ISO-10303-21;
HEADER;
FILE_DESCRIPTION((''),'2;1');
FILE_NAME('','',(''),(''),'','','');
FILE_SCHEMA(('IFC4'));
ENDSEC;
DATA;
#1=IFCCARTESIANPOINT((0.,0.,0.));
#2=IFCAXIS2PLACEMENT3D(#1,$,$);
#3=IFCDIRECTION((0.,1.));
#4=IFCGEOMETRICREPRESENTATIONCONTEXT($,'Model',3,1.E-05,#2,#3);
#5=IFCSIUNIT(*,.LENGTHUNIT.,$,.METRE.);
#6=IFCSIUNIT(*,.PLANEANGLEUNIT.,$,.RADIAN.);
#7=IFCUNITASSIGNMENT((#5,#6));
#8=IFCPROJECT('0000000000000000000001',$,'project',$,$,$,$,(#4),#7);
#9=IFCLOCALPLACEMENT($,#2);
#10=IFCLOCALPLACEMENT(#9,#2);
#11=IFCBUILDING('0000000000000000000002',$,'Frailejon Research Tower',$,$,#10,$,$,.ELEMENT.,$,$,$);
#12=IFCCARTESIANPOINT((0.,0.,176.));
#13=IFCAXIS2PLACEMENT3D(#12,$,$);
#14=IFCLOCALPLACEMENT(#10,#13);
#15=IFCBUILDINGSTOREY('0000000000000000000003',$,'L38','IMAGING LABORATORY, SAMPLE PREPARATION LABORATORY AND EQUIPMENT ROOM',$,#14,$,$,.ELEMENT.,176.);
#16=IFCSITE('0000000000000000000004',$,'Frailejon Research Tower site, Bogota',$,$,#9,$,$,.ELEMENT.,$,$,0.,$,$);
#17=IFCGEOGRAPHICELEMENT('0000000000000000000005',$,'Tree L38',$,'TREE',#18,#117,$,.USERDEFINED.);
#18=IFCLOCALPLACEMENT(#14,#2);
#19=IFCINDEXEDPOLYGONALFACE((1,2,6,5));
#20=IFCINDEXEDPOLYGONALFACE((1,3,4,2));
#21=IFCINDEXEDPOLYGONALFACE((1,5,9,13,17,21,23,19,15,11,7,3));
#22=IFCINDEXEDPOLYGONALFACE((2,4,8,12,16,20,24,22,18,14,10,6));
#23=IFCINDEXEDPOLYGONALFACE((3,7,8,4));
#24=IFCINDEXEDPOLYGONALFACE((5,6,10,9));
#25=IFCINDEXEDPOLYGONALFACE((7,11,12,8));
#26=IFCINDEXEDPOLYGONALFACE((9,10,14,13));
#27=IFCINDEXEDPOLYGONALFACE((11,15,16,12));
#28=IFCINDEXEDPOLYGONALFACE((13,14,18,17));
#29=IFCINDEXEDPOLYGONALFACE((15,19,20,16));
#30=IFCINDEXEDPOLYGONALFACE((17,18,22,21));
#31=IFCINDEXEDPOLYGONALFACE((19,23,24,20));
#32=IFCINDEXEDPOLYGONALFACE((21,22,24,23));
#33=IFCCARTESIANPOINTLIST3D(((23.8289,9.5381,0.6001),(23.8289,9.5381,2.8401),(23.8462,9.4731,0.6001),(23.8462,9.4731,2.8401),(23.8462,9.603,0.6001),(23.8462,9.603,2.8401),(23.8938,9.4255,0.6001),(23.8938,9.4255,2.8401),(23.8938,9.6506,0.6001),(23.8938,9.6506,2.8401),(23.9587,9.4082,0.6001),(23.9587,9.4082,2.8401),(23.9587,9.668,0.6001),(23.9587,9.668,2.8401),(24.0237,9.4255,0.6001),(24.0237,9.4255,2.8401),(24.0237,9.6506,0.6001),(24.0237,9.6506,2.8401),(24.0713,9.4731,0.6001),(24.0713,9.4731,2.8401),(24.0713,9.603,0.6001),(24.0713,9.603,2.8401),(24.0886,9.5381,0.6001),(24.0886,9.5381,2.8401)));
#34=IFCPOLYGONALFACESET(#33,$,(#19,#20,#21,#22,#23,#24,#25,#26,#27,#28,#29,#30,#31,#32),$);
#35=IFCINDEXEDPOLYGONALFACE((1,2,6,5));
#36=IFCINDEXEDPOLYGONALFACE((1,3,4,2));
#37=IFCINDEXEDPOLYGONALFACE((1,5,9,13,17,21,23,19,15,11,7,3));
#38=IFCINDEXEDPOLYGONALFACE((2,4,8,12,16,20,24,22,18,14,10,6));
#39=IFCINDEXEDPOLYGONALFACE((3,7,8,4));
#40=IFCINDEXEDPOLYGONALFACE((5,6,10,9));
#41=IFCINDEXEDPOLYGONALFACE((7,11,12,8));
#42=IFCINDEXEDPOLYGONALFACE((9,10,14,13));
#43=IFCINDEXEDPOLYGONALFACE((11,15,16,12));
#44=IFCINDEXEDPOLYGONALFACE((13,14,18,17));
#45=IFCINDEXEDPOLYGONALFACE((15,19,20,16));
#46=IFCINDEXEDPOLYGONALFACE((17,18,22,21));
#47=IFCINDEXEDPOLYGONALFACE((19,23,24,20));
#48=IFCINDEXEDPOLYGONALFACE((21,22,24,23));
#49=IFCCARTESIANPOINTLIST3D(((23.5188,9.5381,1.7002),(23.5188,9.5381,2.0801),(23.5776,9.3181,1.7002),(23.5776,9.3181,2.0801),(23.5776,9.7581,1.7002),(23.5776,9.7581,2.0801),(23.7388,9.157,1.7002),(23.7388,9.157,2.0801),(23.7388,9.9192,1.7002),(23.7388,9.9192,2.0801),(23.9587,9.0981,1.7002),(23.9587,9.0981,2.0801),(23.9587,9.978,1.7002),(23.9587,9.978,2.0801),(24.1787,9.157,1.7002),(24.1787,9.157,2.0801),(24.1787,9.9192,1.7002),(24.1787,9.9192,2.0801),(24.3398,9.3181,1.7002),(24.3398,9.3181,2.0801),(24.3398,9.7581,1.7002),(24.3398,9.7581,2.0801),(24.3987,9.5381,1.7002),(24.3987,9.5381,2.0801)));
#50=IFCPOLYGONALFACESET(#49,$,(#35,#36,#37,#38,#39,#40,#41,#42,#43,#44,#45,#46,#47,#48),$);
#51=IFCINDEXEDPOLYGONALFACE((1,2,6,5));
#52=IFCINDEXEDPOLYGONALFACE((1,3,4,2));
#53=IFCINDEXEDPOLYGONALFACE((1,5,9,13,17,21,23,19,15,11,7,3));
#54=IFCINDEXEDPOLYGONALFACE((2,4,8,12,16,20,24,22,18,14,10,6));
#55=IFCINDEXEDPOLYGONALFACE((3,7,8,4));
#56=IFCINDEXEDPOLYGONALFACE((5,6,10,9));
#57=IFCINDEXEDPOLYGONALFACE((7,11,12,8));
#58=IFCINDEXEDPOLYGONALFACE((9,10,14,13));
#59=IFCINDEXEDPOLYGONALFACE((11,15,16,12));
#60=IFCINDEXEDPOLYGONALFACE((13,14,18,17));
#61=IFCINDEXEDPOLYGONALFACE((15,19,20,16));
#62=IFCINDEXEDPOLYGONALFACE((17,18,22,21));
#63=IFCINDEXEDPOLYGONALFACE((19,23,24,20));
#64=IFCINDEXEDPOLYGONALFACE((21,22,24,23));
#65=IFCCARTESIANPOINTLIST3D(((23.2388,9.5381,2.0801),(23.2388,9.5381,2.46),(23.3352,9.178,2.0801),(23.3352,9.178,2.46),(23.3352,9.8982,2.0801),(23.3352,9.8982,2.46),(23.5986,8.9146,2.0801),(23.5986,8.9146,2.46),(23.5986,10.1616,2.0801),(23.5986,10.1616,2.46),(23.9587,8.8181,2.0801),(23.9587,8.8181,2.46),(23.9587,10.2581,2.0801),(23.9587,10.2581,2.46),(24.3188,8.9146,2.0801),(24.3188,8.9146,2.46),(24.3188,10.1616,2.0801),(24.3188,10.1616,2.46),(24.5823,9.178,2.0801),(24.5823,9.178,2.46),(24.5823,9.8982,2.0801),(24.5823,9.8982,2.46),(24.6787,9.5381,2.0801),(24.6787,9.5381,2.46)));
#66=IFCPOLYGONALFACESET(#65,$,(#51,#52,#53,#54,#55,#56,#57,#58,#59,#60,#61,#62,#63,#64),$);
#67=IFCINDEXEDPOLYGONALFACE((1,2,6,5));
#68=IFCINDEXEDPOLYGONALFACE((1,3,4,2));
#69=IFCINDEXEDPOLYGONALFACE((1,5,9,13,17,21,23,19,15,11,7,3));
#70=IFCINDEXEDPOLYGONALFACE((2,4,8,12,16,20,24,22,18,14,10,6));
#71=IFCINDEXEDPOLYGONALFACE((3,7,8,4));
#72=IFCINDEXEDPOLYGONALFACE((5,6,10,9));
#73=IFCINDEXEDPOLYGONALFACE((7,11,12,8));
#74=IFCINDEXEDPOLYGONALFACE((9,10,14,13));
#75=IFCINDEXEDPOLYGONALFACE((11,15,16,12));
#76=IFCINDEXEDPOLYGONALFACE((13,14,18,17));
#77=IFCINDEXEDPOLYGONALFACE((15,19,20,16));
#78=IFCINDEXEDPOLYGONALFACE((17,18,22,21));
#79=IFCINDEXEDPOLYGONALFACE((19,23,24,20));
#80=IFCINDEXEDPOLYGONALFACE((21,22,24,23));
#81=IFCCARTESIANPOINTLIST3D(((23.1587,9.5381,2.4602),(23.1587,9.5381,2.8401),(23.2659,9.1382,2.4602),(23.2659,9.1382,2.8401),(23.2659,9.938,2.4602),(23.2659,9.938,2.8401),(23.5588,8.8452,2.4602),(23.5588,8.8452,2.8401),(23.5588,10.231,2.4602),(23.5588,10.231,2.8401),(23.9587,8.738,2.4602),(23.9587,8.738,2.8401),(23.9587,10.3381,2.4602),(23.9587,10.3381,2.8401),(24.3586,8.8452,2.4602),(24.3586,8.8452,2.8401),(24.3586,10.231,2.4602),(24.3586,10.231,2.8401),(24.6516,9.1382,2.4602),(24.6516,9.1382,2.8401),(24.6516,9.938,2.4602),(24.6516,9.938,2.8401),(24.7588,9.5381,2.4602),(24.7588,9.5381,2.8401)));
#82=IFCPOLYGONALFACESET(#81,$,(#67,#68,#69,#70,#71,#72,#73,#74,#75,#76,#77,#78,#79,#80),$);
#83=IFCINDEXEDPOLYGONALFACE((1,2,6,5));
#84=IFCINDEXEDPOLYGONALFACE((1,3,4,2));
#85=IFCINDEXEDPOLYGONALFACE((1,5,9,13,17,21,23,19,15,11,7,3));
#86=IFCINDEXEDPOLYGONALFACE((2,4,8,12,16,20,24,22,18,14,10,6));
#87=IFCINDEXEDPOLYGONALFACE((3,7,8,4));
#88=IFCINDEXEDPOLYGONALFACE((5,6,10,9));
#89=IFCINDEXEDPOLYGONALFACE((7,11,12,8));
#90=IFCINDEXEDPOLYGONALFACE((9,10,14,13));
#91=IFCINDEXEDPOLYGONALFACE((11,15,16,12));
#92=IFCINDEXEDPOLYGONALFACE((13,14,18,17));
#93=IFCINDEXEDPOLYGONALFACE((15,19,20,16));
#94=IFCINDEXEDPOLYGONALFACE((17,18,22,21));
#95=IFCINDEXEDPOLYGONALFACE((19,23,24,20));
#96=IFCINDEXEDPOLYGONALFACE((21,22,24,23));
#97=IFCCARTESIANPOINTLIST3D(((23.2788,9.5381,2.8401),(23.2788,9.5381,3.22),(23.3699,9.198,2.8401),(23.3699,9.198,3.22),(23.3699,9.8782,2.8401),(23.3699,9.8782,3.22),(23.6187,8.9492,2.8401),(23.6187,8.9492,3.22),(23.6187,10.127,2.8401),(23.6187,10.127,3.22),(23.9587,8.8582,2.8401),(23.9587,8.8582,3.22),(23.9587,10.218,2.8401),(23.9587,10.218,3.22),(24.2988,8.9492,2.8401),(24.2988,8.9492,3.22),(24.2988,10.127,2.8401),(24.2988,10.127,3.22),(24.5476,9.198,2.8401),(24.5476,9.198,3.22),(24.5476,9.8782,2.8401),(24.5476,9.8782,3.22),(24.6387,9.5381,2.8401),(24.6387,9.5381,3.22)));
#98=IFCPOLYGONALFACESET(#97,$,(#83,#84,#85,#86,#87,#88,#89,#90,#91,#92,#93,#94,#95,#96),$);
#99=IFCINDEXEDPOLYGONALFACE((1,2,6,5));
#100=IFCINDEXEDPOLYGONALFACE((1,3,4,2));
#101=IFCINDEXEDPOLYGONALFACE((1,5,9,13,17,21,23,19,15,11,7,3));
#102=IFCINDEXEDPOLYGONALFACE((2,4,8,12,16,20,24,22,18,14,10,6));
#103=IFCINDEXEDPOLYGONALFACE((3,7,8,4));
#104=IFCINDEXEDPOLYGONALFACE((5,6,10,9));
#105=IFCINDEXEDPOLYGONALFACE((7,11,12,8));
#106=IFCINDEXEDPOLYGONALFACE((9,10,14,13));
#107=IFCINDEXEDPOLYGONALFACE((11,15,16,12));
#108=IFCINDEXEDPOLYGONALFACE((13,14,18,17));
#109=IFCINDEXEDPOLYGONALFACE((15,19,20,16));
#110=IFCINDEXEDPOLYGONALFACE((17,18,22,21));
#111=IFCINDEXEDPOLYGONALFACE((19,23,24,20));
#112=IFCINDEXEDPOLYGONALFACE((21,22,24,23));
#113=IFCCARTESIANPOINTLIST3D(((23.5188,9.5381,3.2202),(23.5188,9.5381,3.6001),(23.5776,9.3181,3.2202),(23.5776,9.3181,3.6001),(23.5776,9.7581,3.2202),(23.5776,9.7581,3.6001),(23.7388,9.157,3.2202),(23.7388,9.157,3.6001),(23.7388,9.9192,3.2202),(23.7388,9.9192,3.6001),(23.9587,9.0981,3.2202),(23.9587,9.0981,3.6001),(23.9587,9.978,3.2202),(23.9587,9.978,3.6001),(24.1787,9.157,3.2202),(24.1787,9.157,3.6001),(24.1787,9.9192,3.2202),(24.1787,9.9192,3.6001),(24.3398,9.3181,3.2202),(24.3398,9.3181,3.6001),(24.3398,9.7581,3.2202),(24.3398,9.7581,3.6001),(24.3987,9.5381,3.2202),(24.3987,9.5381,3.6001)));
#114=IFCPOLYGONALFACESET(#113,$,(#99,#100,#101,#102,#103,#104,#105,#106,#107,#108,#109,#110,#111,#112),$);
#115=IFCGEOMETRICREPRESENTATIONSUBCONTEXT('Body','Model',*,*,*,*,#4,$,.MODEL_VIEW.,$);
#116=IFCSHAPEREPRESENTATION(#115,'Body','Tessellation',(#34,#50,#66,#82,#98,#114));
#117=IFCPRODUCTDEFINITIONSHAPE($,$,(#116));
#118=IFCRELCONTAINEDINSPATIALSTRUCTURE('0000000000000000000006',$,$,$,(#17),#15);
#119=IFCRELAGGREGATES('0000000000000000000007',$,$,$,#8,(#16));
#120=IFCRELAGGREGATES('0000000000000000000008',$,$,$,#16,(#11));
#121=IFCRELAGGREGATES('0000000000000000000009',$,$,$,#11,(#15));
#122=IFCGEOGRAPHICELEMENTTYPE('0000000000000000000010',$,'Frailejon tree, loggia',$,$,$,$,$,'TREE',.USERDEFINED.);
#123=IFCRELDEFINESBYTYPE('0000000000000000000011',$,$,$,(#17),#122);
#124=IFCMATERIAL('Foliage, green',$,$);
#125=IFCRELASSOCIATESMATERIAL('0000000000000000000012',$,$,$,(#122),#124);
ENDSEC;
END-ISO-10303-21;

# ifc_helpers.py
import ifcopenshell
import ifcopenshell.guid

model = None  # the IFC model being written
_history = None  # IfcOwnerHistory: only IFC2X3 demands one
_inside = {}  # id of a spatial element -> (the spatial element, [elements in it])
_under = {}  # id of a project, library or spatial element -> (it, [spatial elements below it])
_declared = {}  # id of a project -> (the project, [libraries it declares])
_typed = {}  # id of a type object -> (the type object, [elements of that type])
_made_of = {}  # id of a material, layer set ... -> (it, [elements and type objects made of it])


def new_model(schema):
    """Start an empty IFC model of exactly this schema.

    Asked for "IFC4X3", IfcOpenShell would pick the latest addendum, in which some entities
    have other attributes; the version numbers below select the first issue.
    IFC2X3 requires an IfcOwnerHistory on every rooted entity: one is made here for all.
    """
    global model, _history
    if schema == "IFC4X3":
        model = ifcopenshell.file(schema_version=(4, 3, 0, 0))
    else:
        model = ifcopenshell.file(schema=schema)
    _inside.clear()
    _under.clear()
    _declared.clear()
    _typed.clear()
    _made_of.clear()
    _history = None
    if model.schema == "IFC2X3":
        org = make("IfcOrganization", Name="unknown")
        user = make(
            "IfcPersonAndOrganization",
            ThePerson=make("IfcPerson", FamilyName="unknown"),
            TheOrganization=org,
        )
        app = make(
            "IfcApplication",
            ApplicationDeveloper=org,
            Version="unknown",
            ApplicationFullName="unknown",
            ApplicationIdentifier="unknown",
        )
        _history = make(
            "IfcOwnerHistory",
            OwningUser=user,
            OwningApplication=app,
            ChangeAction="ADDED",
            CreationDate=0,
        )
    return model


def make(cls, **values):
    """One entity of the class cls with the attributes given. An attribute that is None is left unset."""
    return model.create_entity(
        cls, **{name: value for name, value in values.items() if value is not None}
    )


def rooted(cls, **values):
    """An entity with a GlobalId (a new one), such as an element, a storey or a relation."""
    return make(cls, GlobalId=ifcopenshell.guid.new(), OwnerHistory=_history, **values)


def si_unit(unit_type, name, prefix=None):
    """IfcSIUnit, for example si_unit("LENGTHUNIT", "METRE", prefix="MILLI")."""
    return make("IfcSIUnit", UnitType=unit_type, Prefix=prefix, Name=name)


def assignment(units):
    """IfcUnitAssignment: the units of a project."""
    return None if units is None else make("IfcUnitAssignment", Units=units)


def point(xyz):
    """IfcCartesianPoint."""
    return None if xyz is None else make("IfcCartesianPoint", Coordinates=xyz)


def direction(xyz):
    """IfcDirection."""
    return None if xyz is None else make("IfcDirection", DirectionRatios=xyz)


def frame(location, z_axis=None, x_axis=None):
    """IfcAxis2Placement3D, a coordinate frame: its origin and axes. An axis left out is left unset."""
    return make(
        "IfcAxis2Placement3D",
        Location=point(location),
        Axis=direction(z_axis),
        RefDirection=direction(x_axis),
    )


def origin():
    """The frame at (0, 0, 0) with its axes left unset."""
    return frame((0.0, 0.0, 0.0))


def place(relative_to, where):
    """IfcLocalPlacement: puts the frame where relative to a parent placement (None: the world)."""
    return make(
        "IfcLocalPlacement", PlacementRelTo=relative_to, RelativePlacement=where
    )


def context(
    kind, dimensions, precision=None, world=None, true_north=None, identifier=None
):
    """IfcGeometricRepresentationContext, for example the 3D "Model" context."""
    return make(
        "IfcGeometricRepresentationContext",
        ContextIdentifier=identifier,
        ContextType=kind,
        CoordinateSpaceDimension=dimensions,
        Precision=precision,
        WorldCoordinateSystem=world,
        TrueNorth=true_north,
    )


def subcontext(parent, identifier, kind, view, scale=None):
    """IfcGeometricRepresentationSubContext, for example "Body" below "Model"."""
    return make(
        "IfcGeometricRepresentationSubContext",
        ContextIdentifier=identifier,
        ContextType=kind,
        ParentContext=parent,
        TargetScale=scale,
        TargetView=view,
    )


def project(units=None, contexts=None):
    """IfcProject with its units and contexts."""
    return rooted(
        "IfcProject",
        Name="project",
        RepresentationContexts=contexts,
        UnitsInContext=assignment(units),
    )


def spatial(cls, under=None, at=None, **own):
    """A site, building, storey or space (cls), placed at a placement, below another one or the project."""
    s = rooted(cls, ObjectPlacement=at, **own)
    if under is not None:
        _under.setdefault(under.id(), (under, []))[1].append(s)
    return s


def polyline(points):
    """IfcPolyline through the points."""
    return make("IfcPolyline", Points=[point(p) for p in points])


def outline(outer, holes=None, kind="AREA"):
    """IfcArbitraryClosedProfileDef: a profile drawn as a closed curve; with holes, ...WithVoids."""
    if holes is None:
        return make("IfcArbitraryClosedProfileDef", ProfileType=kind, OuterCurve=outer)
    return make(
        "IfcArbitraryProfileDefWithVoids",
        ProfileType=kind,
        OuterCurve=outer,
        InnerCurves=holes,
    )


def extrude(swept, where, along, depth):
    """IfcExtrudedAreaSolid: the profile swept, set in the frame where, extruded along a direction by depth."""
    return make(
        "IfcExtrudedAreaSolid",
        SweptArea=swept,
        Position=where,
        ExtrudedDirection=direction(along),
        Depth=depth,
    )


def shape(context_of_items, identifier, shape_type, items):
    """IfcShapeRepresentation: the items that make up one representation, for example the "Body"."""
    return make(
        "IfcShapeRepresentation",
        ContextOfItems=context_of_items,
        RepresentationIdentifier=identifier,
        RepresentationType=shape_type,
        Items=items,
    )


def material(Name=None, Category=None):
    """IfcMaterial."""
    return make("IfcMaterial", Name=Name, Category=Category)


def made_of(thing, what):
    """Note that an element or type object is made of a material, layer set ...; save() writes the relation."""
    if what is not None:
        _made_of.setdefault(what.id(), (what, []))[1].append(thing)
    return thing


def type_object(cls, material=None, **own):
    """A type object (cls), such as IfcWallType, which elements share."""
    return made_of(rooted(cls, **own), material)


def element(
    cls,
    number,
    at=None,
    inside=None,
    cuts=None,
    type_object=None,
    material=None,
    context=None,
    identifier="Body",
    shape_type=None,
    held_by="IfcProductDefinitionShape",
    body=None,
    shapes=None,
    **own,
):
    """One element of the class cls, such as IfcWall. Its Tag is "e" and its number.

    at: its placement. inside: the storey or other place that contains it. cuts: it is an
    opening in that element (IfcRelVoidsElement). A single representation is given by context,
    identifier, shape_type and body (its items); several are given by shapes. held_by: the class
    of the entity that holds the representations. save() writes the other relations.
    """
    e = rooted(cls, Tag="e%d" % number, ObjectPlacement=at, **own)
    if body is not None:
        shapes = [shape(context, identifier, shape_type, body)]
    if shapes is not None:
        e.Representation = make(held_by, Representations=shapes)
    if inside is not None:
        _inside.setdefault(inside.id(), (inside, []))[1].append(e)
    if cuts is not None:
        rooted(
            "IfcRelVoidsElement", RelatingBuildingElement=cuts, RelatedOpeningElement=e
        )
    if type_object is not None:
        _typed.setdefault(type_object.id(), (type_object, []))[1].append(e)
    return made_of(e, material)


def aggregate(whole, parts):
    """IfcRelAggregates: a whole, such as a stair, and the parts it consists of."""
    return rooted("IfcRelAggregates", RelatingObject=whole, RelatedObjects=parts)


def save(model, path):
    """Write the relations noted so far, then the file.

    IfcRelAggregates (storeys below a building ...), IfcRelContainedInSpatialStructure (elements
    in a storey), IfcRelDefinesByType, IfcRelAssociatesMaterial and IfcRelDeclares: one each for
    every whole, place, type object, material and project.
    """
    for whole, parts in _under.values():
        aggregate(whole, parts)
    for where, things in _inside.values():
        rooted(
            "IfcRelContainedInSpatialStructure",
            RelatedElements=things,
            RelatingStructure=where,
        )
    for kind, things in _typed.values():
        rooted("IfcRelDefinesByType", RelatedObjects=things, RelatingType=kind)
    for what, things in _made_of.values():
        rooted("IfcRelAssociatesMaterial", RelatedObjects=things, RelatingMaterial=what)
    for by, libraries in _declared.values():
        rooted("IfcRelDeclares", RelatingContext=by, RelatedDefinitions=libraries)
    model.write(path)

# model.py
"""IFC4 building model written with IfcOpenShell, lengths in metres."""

from ifc_helpers import new_model, si_unit, direction, frame, origin, place, context, subcontext, project, spatial, polyline, outline, extrude, material, type_object, element, save


model = new_model("IFC4")

# Units and contexts
model_context = context("Model", 3, precision=1e-05, world=origin(), true_north=direction((0.0, 1.0)))
body_context = subcontext(model_context, "Body", "Model", "MODEL_VIEW")
ifc_project = project(units=[si_unit("LENGTHUNIT", "METRE"), si_unit("PLANEANGLEUNIT", "RADIAN")], contexts=[model_context])

# Site, building, storey
site_placement = place(None, origin())
site = spatial("IfcSite", under=ifc_project, at=site_placement, Name="Frailejon Research Tower site, Bogota", CompositionType="ELEMENT", RefElevation=0.0)
building_placement = place(site_placement, origin())
building = spatial("IfcBuilding", under=site, at=building_placement, Name="Frailejon Research Tower", CompositionType="ELEMENT")
storey_placement = place(building_placement, frame((0.0, 0.0, 176.0)))
storey = spatial("IfcBuildingStorey", under=building, at=storey_placement, Name="L38", Description="IMAGING LABORATORY, SAMPLE PREPARATION LABORATORY AND EQUIPMENT ROOM", CompositionType="ELEMENT", Elevation=176.0)

# Geographic element
ifc_material_1 = material(Name="Foliage, green")
geographic_element_type = type_object("IfcGeographicElementType", Name="Frailejon tree, loggia", ElementType="TREE", PredefinedType="USERDEFINED", material=ifc_material_1)
geographic_element_placement = place(storey_placement, frame((23.9587, 9.5381, 0.6001)))
element("IfcGeographicElement", 1, at=geographic_element_placement, inside=storey, type_object=geographic_element_type, Name="Tree L38", ObjectType="TREE", PredefinedType="USERDEFINED", context=body_context, shape_type="SweptSolid", body=[
    extrude(outline(polyline([(0.1299, 0.0), (0.1125, 0.0649), (0.0649, 0.1125), (0.0, 0.1299), (-0.0649, 0.1125), (-0.1125, 0.0649), (-0.1299, 0.0), (-0.1125, -0.0649), (-0.0649, -0.1125), (0.0, -0.1299), (0.0649, -0.1125), (0.1125, -0.0649), (0.1299, 0.0)])), origin(), (0.0, 0.0, 1.0), 2.24),
    extrude(outline(polyline([(0.4399, 0.0), (0.3811, 0.22), (0.22, 0.3811), (0.0, 0.4399), (-0.22, 0.3811), (-0.3811, 0.22), (-0.4399, 0.0), (-0.3811, -0.22), (-0.22, -0.3811), (0.0, -0.4399), (0.22, -0.3811), (0.3811, -0.22), (0.4399, 0.0)])), frame((0.0, 0.0, 1.1001)), (0.0, 0.0, 1.0), 0.3799),
    extrude(outline(polyline([(0.72, 0.0), (0.6235, 0.3601), (0.3601, 0.6235), (0.0, 0.72), (-0.3601, 0.6235), (-0.6235, 0.3601), (-0.72, 0.0), (-0.6235, -0.3601), (-0.3601, -0.6235), (0.0, -0.72), (0.3601, -0.6235), (0.6235, -0.3601), (0.72, 0.0)])), frame((0.0, 0.0, 1.48)), (0.0, 0.0, 1.0), 0.3799),
    extrude(outline(polyline([(0.8, 0.0), (0.6929, 0.3999), (0.3999, 0.6929), (0.0, 0.8), (-0.3999, 0.6929), (-0.6929, 0.3999), (-0.8, 0.0), (-0.6929, -0.3999), (-0.3999, -0.6929), (0.0, -0.8), (0.3999, -0.6929), (0.6929, -0.3999), (0.8, 0.0)])), frame((0.0, 0.0, 1.8601)), (0.0, 0.0, 1.0), 0.3799),
    extrude(outline(polyline([(0.6799, 0.0), (0.5889, 0.3401), (0.3401, 0.5889), (0.0, 0.6799), (-0.3401, 0.5889), (-0.5889, 0.3401), (-0.6799, 0.0), (-0.5889, -0.3401), (-0.3401, -0.5889), (0.0, -0.6799), (0.3401, -0.5889), (0.5889, -0.3401), (0.6799, 0.0)])), frame((0.0, 0.0, 2.24)), (0.0, 0.0, 1.0), 0.3799),
    extrude(outline(polyline([(0.4399, 0.0), (0.3811, 0.22), (0.22, 0.3811), (0.0, 0.4399), (-0.22, 0.3811), (-0.3811, 0.22), (-0.4399, 0.0), (-0.3811, -0.22), (-0.22, -0.3811), (0.0, -0.4399), (0.22, -0.3811), (0.3811, -0.22), (0.4399, 0.0)])), frame((0.0, 0.0, 2.6201)), (0.0, 0.0, 1.0), 0.3799),
])

save(model, "model.ifc")
